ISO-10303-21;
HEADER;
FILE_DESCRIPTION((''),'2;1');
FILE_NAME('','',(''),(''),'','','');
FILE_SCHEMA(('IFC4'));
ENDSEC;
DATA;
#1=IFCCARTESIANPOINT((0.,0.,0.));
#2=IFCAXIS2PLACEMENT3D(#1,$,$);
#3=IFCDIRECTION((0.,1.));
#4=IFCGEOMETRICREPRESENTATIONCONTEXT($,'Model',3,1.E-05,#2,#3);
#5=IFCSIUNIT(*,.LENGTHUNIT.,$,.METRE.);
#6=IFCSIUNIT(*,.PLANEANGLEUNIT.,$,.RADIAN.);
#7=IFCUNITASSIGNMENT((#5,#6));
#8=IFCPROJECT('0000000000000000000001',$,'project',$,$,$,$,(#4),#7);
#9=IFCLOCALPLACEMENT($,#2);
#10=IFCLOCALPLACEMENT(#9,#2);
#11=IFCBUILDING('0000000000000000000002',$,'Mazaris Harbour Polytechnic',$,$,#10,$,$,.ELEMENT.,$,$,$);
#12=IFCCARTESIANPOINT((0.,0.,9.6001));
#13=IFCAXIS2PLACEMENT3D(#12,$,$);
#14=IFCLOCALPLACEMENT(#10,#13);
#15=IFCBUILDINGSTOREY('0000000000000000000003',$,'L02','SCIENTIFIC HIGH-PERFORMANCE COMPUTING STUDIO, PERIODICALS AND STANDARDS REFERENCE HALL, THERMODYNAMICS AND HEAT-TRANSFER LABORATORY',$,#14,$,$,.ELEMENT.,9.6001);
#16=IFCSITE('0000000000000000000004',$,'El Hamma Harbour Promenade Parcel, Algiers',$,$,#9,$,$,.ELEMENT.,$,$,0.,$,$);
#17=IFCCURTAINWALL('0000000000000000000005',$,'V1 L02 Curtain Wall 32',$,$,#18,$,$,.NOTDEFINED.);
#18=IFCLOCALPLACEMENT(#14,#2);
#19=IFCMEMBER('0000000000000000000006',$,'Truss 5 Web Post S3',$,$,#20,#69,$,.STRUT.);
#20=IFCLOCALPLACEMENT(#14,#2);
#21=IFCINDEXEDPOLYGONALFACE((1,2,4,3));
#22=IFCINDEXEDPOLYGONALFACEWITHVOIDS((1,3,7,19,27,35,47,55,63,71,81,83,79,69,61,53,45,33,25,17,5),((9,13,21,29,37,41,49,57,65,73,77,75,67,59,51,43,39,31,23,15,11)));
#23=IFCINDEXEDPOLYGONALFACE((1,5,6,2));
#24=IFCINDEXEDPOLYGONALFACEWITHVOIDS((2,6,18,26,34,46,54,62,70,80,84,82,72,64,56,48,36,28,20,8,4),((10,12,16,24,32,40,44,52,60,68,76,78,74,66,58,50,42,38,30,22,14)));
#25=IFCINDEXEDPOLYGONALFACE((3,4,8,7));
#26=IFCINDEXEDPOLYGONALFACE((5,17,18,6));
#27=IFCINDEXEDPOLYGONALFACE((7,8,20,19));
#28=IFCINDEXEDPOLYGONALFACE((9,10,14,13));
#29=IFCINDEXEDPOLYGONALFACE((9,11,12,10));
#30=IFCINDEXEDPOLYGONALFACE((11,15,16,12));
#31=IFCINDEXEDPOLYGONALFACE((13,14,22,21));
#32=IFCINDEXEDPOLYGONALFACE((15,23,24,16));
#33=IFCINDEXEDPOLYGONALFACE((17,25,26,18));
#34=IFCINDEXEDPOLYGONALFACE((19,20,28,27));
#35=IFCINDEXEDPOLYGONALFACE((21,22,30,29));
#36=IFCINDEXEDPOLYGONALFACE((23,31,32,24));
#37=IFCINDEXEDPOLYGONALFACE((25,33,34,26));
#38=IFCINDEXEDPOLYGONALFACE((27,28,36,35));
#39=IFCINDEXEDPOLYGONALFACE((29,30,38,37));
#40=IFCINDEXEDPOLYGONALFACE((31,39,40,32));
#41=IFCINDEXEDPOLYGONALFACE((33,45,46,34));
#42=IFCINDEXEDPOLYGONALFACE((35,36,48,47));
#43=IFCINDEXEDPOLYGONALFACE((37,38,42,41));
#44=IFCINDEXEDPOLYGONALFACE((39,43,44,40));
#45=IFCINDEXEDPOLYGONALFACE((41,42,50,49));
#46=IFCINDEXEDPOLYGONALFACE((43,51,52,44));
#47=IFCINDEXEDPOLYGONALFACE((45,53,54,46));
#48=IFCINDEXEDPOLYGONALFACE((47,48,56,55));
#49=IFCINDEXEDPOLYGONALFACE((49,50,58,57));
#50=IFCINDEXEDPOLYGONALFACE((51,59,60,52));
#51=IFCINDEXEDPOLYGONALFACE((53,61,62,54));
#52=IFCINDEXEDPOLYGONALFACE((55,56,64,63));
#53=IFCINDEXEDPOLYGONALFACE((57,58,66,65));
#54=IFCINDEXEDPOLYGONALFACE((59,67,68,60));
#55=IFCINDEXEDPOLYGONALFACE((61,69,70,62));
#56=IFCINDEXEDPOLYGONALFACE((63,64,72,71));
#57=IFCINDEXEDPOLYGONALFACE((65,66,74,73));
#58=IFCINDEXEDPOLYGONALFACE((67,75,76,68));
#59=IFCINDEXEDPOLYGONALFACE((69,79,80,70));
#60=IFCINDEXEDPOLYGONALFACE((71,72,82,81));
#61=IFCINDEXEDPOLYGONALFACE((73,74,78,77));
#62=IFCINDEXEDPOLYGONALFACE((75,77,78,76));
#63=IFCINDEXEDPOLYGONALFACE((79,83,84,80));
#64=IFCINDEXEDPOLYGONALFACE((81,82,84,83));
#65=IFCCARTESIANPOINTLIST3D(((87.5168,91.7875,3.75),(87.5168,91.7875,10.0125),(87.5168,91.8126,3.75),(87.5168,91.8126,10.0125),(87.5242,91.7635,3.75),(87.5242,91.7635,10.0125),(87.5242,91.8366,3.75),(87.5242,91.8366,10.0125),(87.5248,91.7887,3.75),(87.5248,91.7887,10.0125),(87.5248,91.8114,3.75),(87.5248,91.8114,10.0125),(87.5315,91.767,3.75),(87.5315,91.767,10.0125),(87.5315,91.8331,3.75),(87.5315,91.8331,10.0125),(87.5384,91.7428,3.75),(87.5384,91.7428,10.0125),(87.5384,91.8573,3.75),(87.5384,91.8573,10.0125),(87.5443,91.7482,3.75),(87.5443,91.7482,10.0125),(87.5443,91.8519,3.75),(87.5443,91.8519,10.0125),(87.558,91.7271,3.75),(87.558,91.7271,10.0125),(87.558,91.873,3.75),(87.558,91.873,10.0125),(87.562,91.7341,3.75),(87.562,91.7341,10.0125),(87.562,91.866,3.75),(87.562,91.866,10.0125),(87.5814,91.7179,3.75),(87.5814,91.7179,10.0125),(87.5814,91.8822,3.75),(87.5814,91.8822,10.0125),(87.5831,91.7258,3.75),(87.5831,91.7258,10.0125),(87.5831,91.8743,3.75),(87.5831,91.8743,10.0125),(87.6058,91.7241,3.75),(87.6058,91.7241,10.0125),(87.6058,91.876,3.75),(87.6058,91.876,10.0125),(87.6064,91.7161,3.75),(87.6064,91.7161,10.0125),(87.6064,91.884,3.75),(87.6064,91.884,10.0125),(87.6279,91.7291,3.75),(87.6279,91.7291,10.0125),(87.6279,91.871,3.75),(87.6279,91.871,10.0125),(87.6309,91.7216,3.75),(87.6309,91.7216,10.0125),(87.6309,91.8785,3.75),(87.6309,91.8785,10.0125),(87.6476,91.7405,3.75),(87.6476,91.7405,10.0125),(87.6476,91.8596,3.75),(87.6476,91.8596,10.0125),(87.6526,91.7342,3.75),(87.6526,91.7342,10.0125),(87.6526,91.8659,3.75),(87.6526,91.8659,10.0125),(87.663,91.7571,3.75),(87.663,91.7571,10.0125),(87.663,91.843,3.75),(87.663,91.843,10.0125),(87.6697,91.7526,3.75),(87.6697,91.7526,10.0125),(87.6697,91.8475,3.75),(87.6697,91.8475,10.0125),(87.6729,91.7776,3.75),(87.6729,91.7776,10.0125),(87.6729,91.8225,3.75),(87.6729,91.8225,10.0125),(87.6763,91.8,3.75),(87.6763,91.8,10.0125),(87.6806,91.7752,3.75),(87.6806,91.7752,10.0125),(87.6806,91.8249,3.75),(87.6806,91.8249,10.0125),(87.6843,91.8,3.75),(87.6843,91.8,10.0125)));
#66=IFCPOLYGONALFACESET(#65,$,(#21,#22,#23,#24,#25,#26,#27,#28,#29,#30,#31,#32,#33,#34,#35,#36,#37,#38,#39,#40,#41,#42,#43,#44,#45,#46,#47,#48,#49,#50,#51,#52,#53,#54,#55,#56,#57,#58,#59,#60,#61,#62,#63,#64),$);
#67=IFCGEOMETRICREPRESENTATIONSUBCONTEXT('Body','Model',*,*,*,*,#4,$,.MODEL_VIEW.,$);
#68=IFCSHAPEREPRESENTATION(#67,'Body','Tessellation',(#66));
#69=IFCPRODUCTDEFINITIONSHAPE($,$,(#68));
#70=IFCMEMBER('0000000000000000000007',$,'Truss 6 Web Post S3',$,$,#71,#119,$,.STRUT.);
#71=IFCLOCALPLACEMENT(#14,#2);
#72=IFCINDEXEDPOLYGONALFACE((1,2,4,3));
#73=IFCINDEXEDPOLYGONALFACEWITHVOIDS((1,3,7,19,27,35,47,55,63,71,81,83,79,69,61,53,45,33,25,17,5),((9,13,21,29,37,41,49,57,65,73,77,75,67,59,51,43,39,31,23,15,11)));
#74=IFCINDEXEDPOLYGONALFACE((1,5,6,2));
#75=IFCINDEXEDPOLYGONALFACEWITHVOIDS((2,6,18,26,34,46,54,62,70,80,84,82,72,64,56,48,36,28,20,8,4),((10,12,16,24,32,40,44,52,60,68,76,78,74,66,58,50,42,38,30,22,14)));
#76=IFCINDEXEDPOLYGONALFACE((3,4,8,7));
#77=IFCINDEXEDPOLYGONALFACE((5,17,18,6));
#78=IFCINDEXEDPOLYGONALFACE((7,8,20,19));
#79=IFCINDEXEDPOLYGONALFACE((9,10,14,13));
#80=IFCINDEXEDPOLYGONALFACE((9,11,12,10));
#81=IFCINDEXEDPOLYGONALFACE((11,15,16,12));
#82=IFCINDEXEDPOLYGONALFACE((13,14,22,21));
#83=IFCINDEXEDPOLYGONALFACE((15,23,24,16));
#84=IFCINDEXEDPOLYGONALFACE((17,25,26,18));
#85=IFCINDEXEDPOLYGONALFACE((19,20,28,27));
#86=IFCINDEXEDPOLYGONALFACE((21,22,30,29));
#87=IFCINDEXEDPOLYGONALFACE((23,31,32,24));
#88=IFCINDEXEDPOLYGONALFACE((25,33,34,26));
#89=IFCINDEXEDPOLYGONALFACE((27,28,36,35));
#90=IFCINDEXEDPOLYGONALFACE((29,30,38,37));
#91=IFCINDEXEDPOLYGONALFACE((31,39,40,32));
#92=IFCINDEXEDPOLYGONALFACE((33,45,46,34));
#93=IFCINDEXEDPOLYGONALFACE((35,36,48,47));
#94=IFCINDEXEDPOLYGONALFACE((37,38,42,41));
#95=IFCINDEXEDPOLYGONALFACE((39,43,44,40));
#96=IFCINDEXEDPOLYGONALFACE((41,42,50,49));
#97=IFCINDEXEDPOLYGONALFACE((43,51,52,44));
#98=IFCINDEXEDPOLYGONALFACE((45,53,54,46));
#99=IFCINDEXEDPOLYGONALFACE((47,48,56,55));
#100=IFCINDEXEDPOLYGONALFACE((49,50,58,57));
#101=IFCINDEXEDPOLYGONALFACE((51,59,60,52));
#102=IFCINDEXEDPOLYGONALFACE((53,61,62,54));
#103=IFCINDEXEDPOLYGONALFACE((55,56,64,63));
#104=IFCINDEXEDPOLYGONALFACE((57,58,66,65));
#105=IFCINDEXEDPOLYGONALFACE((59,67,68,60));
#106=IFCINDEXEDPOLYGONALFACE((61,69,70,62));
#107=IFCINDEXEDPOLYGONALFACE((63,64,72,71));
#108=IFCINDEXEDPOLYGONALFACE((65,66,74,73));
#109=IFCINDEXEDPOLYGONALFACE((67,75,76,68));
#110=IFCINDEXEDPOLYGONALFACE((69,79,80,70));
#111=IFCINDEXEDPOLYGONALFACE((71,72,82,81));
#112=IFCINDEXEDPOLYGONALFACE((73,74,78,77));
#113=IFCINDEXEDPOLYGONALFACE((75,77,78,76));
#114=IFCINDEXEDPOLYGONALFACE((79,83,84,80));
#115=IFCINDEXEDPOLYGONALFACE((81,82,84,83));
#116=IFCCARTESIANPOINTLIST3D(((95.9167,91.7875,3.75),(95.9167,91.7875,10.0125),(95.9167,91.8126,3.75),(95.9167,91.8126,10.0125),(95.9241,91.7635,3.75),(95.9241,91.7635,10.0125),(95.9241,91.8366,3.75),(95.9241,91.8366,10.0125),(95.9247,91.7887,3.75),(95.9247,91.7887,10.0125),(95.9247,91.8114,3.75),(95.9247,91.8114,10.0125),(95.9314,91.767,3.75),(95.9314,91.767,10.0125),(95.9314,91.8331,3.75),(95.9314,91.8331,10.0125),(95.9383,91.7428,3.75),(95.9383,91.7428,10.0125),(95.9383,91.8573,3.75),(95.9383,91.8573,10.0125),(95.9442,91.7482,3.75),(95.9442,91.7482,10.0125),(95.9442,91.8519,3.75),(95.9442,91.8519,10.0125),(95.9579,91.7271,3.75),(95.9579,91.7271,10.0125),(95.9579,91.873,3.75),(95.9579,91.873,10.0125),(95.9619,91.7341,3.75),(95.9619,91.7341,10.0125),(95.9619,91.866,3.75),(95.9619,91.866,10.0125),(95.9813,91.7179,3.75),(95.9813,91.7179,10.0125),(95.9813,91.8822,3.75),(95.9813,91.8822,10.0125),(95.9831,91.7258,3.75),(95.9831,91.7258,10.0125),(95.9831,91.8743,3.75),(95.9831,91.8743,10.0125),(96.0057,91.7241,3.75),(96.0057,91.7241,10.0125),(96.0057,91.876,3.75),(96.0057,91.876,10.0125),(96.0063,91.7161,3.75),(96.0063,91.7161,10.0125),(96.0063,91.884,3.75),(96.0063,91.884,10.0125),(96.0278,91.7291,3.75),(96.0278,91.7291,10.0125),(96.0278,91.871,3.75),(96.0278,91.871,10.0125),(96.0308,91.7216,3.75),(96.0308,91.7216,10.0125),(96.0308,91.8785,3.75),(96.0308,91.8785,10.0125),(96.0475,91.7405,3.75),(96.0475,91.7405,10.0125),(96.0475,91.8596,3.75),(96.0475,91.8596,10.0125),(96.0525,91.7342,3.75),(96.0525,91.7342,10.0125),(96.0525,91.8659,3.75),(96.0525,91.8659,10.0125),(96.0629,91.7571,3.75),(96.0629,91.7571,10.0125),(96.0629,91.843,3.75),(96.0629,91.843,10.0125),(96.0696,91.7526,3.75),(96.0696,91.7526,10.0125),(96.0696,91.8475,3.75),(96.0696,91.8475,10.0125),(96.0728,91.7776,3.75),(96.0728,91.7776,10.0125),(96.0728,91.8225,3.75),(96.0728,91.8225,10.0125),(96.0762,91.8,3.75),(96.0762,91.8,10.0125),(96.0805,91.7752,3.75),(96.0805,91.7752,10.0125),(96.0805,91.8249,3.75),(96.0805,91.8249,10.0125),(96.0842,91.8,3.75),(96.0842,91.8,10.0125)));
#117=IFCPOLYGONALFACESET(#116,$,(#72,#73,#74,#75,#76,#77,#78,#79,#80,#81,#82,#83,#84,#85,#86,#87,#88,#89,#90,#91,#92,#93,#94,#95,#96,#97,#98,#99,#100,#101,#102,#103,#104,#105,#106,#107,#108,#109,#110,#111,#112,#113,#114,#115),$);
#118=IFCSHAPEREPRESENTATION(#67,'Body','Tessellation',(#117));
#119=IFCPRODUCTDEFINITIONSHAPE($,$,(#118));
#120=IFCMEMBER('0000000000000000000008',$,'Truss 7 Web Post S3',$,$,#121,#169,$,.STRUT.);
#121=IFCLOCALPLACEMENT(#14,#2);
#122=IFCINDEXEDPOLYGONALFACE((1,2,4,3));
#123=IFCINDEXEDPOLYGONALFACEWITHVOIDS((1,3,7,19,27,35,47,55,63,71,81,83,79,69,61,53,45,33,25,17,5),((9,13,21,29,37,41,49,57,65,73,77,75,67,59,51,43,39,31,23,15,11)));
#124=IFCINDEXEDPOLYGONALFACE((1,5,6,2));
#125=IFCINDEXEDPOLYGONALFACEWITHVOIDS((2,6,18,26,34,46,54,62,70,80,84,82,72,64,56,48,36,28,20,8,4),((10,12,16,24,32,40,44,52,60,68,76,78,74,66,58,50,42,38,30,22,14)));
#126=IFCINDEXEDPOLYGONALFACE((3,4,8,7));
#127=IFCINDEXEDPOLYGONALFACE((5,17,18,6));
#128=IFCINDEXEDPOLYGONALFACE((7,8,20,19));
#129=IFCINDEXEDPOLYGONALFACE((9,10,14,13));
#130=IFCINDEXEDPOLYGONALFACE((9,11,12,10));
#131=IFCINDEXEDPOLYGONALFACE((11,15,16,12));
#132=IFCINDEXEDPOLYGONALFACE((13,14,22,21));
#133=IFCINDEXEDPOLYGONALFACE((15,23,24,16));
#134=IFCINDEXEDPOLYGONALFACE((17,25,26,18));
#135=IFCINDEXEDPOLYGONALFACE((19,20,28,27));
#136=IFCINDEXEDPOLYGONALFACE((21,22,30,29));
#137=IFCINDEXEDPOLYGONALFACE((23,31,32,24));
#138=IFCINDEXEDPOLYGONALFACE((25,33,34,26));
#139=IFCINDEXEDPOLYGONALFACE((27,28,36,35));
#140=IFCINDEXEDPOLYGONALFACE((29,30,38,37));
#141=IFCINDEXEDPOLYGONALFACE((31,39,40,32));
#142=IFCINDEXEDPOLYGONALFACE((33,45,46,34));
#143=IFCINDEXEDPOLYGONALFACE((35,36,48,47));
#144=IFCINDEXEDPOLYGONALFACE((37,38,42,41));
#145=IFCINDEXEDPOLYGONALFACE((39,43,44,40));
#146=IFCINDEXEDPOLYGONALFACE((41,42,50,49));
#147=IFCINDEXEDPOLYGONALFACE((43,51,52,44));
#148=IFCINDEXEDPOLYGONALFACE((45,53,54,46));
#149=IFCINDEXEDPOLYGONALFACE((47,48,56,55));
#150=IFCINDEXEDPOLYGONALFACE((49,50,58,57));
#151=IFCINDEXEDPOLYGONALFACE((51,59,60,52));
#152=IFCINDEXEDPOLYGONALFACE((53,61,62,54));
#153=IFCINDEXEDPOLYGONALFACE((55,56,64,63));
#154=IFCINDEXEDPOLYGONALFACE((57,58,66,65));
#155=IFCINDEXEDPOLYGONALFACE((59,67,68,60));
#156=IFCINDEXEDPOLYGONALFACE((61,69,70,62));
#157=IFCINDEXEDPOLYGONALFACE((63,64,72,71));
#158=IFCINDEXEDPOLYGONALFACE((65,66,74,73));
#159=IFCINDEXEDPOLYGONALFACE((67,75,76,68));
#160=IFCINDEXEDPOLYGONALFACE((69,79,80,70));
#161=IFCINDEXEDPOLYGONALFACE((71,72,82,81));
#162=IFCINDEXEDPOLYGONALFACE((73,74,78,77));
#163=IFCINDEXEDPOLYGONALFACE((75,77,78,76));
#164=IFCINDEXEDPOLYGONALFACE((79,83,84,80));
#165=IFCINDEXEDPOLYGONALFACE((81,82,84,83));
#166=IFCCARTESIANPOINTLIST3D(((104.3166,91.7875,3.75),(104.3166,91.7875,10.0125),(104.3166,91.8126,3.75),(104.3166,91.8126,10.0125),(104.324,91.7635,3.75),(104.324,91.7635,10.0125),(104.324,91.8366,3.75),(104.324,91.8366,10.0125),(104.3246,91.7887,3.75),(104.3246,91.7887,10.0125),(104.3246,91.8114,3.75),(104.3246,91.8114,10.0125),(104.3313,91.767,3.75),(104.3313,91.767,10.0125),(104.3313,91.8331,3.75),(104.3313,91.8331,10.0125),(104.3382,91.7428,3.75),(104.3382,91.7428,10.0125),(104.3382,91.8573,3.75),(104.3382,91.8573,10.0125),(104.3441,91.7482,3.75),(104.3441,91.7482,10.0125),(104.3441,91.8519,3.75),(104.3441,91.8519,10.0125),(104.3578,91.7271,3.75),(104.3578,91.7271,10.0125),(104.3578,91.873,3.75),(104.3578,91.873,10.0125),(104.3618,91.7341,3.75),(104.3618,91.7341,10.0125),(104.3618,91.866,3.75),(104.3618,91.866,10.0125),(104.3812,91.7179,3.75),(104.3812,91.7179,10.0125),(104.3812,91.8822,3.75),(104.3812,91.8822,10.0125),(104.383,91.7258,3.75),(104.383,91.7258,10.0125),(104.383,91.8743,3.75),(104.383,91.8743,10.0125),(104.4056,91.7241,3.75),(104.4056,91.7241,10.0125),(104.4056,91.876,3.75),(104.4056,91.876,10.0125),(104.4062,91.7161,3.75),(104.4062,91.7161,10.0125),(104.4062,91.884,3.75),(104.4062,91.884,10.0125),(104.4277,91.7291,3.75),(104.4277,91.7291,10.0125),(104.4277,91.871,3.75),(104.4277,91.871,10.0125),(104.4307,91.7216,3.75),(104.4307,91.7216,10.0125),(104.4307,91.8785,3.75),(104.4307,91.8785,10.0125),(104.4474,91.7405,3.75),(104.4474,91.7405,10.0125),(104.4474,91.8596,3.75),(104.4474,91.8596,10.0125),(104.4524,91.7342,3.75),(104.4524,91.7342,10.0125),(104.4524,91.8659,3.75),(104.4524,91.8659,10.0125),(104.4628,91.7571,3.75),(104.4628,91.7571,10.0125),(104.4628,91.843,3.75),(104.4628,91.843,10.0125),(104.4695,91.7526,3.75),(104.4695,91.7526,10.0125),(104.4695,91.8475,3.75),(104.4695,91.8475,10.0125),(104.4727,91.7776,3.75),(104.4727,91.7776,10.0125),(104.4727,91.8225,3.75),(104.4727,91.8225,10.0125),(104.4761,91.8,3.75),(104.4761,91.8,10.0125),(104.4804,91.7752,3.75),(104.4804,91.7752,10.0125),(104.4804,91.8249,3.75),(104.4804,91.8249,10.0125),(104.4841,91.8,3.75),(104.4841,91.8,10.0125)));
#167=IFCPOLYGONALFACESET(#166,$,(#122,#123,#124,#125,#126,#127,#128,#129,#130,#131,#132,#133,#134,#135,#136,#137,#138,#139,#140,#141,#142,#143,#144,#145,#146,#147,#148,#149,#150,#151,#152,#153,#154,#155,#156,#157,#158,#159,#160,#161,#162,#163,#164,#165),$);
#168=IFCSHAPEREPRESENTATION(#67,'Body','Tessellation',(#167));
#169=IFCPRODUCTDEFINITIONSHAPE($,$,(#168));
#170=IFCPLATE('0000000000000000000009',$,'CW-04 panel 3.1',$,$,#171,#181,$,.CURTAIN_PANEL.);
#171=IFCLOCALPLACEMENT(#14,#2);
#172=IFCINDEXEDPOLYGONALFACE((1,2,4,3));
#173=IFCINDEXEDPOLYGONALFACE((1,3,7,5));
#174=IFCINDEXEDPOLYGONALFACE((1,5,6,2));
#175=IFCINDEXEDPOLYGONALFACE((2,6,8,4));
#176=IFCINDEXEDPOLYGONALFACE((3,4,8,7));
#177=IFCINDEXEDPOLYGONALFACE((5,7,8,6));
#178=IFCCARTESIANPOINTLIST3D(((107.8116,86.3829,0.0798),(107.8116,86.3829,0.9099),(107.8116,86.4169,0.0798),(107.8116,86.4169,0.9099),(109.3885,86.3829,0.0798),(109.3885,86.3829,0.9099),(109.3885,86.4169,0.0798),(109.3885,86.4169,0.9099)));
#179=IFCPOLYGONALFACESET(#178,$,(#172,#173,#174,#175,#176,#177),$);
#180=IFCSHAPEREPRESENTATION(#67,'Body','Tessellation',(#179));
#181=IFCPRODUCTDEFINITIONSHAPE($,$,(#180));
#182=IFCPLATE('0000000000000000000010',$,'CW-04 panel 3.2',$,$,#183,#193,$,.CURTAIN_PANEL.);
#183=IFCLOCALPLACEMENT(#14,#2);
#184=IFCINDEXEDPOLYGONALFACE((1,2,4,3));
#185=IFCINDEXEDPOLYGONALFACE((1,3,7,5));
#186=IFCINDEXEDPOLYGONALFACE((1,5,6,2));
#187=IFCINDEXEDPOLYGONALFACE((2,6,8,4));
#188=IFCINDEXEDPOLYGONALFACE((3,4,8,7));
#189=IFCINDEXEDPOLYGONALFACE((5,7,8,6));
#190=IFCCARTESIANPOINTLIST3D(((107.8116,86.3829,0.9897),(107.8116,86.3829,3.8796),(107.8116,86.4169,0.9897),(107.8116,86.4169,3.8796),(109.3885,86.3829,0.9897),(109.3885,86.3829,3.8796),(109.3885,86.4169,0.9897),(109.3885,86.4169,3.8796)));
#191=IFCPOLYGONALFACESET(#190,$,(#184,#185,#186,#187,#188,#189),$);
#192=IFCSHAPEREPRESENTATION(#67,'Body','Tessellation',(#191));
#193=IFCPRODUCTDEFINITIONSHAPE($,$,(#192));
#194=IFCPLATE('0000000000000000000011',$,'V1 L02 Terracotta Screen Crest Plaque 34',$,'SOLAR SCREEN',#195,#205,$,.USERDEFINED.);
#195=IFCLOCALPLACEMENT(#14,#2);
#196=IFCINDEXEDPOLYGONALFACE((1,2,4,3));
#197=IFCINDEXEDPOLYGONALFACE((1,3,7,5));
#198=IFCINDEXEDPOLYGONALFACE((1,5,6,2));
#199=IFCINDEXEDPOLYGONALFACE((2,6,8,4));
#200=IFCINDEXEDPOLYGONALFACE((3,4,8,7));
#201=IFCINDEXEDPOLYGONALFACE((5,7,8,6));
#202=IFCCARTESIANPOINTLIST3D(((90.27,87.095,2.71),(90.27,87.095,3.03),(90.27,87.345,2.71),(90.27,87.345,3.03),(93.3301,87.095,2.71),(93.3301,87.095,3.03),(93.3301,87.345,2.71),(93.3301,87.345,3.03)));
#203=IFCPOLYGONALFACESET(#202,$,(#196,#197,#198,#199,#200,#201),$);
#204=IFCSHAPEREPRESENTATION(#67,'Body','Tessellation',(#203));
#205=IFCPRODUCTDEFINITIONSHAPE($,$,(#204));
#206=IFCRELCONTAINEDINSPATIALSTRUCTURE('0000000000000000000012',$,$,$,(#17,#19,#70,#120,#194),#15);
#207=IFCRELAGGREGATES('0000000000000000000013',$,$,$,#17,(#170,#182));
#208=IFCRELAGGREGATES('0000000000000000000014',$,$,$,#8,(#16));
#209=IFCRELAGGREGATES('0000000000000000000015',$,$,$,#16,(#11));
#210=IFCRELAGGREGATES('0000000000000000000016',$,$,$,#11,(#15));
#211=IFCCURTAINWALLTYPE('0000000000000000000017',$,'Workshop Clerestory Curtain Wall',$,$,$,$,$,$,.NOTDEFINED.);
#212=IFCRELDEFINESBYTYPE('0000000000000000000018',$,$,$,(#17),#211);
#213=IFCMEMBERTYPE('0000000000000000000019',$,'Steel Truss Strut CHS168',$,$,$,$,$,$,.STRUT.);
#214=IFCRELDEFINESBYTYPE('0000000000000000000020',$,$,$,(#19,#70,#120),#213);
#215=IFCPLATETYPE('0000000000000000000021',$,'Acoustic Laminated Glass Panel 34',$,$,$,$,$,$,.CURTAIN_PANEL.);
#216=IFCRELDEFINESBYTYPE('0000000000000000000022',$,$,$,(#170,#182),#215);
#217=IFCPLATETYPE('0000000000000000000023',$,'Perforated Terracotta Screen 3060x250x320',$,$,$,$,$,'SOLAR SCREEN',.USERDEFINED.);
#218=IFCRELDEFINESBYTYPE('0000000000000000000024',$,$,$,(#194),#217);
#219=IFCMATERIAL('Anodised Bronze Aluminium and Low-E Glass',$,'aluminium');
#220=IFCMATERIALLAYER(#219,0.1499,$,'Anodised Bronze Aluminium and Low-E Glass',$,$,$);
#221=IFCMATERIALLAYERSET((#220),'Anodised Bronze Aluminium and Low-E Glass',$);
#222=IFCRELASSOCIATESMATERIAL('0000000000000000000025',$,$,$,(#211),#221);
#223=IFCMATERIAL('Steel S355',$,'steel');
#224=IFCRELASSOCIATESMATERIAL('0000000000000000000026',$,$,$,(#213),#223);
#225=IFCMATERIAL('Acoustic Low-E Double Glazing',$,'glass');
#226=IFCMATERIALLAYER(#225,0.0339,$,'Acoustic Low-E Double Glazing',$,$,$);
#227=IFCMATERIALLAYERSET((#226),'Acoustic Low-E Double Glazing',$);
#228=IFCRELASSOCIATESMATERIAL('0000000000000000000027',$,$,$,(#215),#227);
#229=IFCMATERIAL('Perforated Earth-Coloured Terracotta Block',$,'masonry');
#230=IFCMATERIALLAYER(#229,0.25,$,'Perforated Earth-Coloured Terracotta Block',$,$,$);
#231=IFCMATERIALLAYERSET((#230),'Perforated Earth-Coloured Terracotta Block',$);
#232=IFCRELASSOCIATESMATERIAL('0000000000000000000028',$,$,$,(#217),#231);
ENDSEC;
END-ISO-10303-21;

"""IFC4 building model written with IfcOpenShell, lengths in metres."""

from ifc_helpers import new_model, si_unit, direction, frame, origin, origin_2d, place, context, subcontext, project, spatial, rectangle, hollow_circle, extrude, material, layer, layer_set, material_profile, profile_set, type_object, element, aggregate, save


model = new_model("IFC4")

# Units and contexts
model_context = context("Model", 3, precision=1e-05, world=origin(), true_north=direction((0.0, 1.0)))
body_context = subcontext(model_context, "Body", "Model", "MODEL_VIEW")
ifc_project = project(units=[si_unit("LENGTHUNIT", "METRE"), si_unit("PLANEANGLEUNIT", "RADIAN")], contexts=[model_context])

# Site, building, storey
site_placement = place(None, origin())
site = spatial("IfcSite", under=ifc_project, at=site_placement, Name="El Hamma Harbour Promenade Parcel, Algiers", CompositionType="ELEMENT", RefElevation=0.0)
building_placement = place(site_placement, origin())
building = spatial("IfcBuilding", under=site, at=building_placement, Name="Mazaris Harbour Polytechnic", CompositionType="ELEMENT")
storey_placement = place(building_placement, frame((0.0, 0.0, 9.6001)))
storey = spatial("IfcBuildingStorey", under=building, at=storey_placement, Name="L02", Description="SCIENTIFIC HIGH-PERFORMANCE COMPUTING STUDIO, PERIODICALS AND STANDARDS REFERENCE HALL, THERMODYNAMICS AND HEAT-TRANSFER LABORATORY", CompositionType="ELEMENT", Elevation=9.6001)

# Curtain wall
ifc_material_1 = material(Name="Anodised Bronze Aluminium and Low-E Glass", Category="aluminium")
ifc_layer_1 = layer(ifc_material_1, 0.1499, Name="Anodised Bronze Aluminium and Low-E Glass")
ifc_layer_set_1 = layer_set([ifc_layer_1], Name="Anodised Bronze Aluminium and Low-E Glass")
curtain_wall_type = type_object("IfcCurtainWallType", Name="Workshop Clerestory Curtain Wall", PredefinedType="NOTDEFINED", material=ifc_layer_set_1)
curtain_wall_placement = place(storey_placement, origin())
curtain_wall = element("IfcCurtainWall", 1, at=curtain_wall_placement, inside=storey, type_object=curtain_wall_type, Name="V1 L02 Curtain Wall 32", PredefinedType="NOTDEFINED")

# Members
ifc_material_2 = material(Name="Steel S355", Category="steel")
ifc_material_profile_1 = material_profile(ifc_material_2, hollow_circle(Radius=0.0842, WallThickness=0.0081, at=origin_2d()), Name="CHS 168.3x8.0")
ifc_profile_set_1 = profile_set([ifc_material_profile_1], Name="Steel S355")
member_type_1 = type_object("IfcMemberType", Name="Steel Truss Strut CHS168", PredefinedType="STRUT", material=ifc_profile_set_1)
for number, where, z_axis, x_axis, name in (
    (2, (87.6001, 91.8, 3.75), (0.0, 0.0, 1.0), (1.0, 0.0, 0.0), "Truss 5 Web Post S3"),
    (3, (96.0, 91.8, 3.75), (0.0, 0.0, 1.0), (1.0, 0.0, 0.0), "Truss 6 Web Post S3"),
    (4, (104.3999, 91.8, 3.75), (0.0, 0.0, 1.0), (1.0, 0.0, 0.0), "Truss 7 Web Post S3"),
):
    element("IfcMember", number, at=place(storey_placement, frame(where, z_axis=z_axis, x_axis=x_axis)), inside=storey, type_object=member_type_1, Name=name, PredefinedType="STRUT", context=body_context, shape_type="SweptSolid", body=[
        extrude(hollow_circle(Radius=0.0842, WallThickness=0.0081, at=origin_2d()), origin(), (0.0, 0.0, 1.0), 6.2625),
    ])

# Plates
ifc_material_3 = material(Name="Acoustic Low-E Double Glazing", Category="glass")
ifc_layer_2 = layer(ifc_material_3, 0.0339, Name="Acoustic Low-E Double Glazing")
ifc_layer_set_2 = layer_set([ifc_layer_2], Name="Acoustic Low-E Double Glazing")
plate_type_1 = type_object("IfcPlateType", Name="Acoustic Laminated Glass Panel 34", PredefinedType="CURTAIN_PANEL", material=ifc_layer_set_2)
plate_1_placement = place(storey_placement, frame((108.6001, 86.3999, 0.0798), z_axis=(0.0, 0.0, 1.0), x_axis=(1.0, 0.0, 0.0)))
plate_1 = element("IfcPlate", 5, at=plate_1_placement, type_object=plate_type_1, Name="CW-04 panel 3.1", PredefinedType="CURTAIN_PANEL", context=body_context, shape_type="SweptSolid", body=[
    extrude(rectangle(XDim=1.5769, YDim=0.0339, at=origin_2d()), origin(), (0.0, 0.0, 1.0), 0.8301),
])
plate_2_placement = place(storey_placement, frame((108.6001, 86.3999, 0.9897), z_axis=(0.0, 0.0, 1.0), x_axis=(1.0, 0.0, 0.0)))
plate_2 = element("IfcPlate", 6, at=plate_2_placement, type_object=plate_type_1, Name="CW-04 panel 3.2", PredefinedType="CURTAIN_PANEL", context=body_context, shape_type="SweptSolid", body=[
    extrude(rectangle(XDim=1.5769, YDim=0.0339, at=origin_2d()), origin(), (0.0, 0.0, 1.0), 2.8899),
])
aggregate(curtain_wall, [plate_1, plate_2])

# Plate
ifc_material_4 = material(Name="Perforated Earth-Coloured Terracotta Block", Category="masonry")
ifc_layer_3 = layer(ifc_material_4, 0.25, Name="Perforated Earth-Coloured Terracotta Block")
ifc_layer_set_3 = layer_set([ifc_layer_3], Name="Perforated Earth-Coloured Terracotta Block")
plate_type_2 = type_object("IfcPlateType", Name="Perforated Terracotta Screen 3060x250x320", ElementType="SOLAR SCREEN", PredefinedType="USERDEFINED", material=ifc_layer_set_3)
for number, where, z_axis, x_axis, name in (
    (7, (91.8, 87.22, 2.71), (0.0, 0.0, 1.0), (1.0, 0.0, 0.0), "V1 L02 Terracotta Screen Crest Plaque 34"),
):
    element("IfcPlate", number, at=place(storey_placement, frame(where, z_axis=z_axis, x_axis=x_axis)), inside=storey, type_object=plate_type_2, Name=name, ObjectType="SOLAR SCREEN", PredefinedType="USERDEFINED", context=body_context, shape_type="SweptSolid", body=[
        extrude(rectangle(XDim=3.0601, YDim=0.25, at=origin_2d()), origin(), (0.0, 0.0, 1.0), 0.3201),
    ])

save(model, "model.ifc")
